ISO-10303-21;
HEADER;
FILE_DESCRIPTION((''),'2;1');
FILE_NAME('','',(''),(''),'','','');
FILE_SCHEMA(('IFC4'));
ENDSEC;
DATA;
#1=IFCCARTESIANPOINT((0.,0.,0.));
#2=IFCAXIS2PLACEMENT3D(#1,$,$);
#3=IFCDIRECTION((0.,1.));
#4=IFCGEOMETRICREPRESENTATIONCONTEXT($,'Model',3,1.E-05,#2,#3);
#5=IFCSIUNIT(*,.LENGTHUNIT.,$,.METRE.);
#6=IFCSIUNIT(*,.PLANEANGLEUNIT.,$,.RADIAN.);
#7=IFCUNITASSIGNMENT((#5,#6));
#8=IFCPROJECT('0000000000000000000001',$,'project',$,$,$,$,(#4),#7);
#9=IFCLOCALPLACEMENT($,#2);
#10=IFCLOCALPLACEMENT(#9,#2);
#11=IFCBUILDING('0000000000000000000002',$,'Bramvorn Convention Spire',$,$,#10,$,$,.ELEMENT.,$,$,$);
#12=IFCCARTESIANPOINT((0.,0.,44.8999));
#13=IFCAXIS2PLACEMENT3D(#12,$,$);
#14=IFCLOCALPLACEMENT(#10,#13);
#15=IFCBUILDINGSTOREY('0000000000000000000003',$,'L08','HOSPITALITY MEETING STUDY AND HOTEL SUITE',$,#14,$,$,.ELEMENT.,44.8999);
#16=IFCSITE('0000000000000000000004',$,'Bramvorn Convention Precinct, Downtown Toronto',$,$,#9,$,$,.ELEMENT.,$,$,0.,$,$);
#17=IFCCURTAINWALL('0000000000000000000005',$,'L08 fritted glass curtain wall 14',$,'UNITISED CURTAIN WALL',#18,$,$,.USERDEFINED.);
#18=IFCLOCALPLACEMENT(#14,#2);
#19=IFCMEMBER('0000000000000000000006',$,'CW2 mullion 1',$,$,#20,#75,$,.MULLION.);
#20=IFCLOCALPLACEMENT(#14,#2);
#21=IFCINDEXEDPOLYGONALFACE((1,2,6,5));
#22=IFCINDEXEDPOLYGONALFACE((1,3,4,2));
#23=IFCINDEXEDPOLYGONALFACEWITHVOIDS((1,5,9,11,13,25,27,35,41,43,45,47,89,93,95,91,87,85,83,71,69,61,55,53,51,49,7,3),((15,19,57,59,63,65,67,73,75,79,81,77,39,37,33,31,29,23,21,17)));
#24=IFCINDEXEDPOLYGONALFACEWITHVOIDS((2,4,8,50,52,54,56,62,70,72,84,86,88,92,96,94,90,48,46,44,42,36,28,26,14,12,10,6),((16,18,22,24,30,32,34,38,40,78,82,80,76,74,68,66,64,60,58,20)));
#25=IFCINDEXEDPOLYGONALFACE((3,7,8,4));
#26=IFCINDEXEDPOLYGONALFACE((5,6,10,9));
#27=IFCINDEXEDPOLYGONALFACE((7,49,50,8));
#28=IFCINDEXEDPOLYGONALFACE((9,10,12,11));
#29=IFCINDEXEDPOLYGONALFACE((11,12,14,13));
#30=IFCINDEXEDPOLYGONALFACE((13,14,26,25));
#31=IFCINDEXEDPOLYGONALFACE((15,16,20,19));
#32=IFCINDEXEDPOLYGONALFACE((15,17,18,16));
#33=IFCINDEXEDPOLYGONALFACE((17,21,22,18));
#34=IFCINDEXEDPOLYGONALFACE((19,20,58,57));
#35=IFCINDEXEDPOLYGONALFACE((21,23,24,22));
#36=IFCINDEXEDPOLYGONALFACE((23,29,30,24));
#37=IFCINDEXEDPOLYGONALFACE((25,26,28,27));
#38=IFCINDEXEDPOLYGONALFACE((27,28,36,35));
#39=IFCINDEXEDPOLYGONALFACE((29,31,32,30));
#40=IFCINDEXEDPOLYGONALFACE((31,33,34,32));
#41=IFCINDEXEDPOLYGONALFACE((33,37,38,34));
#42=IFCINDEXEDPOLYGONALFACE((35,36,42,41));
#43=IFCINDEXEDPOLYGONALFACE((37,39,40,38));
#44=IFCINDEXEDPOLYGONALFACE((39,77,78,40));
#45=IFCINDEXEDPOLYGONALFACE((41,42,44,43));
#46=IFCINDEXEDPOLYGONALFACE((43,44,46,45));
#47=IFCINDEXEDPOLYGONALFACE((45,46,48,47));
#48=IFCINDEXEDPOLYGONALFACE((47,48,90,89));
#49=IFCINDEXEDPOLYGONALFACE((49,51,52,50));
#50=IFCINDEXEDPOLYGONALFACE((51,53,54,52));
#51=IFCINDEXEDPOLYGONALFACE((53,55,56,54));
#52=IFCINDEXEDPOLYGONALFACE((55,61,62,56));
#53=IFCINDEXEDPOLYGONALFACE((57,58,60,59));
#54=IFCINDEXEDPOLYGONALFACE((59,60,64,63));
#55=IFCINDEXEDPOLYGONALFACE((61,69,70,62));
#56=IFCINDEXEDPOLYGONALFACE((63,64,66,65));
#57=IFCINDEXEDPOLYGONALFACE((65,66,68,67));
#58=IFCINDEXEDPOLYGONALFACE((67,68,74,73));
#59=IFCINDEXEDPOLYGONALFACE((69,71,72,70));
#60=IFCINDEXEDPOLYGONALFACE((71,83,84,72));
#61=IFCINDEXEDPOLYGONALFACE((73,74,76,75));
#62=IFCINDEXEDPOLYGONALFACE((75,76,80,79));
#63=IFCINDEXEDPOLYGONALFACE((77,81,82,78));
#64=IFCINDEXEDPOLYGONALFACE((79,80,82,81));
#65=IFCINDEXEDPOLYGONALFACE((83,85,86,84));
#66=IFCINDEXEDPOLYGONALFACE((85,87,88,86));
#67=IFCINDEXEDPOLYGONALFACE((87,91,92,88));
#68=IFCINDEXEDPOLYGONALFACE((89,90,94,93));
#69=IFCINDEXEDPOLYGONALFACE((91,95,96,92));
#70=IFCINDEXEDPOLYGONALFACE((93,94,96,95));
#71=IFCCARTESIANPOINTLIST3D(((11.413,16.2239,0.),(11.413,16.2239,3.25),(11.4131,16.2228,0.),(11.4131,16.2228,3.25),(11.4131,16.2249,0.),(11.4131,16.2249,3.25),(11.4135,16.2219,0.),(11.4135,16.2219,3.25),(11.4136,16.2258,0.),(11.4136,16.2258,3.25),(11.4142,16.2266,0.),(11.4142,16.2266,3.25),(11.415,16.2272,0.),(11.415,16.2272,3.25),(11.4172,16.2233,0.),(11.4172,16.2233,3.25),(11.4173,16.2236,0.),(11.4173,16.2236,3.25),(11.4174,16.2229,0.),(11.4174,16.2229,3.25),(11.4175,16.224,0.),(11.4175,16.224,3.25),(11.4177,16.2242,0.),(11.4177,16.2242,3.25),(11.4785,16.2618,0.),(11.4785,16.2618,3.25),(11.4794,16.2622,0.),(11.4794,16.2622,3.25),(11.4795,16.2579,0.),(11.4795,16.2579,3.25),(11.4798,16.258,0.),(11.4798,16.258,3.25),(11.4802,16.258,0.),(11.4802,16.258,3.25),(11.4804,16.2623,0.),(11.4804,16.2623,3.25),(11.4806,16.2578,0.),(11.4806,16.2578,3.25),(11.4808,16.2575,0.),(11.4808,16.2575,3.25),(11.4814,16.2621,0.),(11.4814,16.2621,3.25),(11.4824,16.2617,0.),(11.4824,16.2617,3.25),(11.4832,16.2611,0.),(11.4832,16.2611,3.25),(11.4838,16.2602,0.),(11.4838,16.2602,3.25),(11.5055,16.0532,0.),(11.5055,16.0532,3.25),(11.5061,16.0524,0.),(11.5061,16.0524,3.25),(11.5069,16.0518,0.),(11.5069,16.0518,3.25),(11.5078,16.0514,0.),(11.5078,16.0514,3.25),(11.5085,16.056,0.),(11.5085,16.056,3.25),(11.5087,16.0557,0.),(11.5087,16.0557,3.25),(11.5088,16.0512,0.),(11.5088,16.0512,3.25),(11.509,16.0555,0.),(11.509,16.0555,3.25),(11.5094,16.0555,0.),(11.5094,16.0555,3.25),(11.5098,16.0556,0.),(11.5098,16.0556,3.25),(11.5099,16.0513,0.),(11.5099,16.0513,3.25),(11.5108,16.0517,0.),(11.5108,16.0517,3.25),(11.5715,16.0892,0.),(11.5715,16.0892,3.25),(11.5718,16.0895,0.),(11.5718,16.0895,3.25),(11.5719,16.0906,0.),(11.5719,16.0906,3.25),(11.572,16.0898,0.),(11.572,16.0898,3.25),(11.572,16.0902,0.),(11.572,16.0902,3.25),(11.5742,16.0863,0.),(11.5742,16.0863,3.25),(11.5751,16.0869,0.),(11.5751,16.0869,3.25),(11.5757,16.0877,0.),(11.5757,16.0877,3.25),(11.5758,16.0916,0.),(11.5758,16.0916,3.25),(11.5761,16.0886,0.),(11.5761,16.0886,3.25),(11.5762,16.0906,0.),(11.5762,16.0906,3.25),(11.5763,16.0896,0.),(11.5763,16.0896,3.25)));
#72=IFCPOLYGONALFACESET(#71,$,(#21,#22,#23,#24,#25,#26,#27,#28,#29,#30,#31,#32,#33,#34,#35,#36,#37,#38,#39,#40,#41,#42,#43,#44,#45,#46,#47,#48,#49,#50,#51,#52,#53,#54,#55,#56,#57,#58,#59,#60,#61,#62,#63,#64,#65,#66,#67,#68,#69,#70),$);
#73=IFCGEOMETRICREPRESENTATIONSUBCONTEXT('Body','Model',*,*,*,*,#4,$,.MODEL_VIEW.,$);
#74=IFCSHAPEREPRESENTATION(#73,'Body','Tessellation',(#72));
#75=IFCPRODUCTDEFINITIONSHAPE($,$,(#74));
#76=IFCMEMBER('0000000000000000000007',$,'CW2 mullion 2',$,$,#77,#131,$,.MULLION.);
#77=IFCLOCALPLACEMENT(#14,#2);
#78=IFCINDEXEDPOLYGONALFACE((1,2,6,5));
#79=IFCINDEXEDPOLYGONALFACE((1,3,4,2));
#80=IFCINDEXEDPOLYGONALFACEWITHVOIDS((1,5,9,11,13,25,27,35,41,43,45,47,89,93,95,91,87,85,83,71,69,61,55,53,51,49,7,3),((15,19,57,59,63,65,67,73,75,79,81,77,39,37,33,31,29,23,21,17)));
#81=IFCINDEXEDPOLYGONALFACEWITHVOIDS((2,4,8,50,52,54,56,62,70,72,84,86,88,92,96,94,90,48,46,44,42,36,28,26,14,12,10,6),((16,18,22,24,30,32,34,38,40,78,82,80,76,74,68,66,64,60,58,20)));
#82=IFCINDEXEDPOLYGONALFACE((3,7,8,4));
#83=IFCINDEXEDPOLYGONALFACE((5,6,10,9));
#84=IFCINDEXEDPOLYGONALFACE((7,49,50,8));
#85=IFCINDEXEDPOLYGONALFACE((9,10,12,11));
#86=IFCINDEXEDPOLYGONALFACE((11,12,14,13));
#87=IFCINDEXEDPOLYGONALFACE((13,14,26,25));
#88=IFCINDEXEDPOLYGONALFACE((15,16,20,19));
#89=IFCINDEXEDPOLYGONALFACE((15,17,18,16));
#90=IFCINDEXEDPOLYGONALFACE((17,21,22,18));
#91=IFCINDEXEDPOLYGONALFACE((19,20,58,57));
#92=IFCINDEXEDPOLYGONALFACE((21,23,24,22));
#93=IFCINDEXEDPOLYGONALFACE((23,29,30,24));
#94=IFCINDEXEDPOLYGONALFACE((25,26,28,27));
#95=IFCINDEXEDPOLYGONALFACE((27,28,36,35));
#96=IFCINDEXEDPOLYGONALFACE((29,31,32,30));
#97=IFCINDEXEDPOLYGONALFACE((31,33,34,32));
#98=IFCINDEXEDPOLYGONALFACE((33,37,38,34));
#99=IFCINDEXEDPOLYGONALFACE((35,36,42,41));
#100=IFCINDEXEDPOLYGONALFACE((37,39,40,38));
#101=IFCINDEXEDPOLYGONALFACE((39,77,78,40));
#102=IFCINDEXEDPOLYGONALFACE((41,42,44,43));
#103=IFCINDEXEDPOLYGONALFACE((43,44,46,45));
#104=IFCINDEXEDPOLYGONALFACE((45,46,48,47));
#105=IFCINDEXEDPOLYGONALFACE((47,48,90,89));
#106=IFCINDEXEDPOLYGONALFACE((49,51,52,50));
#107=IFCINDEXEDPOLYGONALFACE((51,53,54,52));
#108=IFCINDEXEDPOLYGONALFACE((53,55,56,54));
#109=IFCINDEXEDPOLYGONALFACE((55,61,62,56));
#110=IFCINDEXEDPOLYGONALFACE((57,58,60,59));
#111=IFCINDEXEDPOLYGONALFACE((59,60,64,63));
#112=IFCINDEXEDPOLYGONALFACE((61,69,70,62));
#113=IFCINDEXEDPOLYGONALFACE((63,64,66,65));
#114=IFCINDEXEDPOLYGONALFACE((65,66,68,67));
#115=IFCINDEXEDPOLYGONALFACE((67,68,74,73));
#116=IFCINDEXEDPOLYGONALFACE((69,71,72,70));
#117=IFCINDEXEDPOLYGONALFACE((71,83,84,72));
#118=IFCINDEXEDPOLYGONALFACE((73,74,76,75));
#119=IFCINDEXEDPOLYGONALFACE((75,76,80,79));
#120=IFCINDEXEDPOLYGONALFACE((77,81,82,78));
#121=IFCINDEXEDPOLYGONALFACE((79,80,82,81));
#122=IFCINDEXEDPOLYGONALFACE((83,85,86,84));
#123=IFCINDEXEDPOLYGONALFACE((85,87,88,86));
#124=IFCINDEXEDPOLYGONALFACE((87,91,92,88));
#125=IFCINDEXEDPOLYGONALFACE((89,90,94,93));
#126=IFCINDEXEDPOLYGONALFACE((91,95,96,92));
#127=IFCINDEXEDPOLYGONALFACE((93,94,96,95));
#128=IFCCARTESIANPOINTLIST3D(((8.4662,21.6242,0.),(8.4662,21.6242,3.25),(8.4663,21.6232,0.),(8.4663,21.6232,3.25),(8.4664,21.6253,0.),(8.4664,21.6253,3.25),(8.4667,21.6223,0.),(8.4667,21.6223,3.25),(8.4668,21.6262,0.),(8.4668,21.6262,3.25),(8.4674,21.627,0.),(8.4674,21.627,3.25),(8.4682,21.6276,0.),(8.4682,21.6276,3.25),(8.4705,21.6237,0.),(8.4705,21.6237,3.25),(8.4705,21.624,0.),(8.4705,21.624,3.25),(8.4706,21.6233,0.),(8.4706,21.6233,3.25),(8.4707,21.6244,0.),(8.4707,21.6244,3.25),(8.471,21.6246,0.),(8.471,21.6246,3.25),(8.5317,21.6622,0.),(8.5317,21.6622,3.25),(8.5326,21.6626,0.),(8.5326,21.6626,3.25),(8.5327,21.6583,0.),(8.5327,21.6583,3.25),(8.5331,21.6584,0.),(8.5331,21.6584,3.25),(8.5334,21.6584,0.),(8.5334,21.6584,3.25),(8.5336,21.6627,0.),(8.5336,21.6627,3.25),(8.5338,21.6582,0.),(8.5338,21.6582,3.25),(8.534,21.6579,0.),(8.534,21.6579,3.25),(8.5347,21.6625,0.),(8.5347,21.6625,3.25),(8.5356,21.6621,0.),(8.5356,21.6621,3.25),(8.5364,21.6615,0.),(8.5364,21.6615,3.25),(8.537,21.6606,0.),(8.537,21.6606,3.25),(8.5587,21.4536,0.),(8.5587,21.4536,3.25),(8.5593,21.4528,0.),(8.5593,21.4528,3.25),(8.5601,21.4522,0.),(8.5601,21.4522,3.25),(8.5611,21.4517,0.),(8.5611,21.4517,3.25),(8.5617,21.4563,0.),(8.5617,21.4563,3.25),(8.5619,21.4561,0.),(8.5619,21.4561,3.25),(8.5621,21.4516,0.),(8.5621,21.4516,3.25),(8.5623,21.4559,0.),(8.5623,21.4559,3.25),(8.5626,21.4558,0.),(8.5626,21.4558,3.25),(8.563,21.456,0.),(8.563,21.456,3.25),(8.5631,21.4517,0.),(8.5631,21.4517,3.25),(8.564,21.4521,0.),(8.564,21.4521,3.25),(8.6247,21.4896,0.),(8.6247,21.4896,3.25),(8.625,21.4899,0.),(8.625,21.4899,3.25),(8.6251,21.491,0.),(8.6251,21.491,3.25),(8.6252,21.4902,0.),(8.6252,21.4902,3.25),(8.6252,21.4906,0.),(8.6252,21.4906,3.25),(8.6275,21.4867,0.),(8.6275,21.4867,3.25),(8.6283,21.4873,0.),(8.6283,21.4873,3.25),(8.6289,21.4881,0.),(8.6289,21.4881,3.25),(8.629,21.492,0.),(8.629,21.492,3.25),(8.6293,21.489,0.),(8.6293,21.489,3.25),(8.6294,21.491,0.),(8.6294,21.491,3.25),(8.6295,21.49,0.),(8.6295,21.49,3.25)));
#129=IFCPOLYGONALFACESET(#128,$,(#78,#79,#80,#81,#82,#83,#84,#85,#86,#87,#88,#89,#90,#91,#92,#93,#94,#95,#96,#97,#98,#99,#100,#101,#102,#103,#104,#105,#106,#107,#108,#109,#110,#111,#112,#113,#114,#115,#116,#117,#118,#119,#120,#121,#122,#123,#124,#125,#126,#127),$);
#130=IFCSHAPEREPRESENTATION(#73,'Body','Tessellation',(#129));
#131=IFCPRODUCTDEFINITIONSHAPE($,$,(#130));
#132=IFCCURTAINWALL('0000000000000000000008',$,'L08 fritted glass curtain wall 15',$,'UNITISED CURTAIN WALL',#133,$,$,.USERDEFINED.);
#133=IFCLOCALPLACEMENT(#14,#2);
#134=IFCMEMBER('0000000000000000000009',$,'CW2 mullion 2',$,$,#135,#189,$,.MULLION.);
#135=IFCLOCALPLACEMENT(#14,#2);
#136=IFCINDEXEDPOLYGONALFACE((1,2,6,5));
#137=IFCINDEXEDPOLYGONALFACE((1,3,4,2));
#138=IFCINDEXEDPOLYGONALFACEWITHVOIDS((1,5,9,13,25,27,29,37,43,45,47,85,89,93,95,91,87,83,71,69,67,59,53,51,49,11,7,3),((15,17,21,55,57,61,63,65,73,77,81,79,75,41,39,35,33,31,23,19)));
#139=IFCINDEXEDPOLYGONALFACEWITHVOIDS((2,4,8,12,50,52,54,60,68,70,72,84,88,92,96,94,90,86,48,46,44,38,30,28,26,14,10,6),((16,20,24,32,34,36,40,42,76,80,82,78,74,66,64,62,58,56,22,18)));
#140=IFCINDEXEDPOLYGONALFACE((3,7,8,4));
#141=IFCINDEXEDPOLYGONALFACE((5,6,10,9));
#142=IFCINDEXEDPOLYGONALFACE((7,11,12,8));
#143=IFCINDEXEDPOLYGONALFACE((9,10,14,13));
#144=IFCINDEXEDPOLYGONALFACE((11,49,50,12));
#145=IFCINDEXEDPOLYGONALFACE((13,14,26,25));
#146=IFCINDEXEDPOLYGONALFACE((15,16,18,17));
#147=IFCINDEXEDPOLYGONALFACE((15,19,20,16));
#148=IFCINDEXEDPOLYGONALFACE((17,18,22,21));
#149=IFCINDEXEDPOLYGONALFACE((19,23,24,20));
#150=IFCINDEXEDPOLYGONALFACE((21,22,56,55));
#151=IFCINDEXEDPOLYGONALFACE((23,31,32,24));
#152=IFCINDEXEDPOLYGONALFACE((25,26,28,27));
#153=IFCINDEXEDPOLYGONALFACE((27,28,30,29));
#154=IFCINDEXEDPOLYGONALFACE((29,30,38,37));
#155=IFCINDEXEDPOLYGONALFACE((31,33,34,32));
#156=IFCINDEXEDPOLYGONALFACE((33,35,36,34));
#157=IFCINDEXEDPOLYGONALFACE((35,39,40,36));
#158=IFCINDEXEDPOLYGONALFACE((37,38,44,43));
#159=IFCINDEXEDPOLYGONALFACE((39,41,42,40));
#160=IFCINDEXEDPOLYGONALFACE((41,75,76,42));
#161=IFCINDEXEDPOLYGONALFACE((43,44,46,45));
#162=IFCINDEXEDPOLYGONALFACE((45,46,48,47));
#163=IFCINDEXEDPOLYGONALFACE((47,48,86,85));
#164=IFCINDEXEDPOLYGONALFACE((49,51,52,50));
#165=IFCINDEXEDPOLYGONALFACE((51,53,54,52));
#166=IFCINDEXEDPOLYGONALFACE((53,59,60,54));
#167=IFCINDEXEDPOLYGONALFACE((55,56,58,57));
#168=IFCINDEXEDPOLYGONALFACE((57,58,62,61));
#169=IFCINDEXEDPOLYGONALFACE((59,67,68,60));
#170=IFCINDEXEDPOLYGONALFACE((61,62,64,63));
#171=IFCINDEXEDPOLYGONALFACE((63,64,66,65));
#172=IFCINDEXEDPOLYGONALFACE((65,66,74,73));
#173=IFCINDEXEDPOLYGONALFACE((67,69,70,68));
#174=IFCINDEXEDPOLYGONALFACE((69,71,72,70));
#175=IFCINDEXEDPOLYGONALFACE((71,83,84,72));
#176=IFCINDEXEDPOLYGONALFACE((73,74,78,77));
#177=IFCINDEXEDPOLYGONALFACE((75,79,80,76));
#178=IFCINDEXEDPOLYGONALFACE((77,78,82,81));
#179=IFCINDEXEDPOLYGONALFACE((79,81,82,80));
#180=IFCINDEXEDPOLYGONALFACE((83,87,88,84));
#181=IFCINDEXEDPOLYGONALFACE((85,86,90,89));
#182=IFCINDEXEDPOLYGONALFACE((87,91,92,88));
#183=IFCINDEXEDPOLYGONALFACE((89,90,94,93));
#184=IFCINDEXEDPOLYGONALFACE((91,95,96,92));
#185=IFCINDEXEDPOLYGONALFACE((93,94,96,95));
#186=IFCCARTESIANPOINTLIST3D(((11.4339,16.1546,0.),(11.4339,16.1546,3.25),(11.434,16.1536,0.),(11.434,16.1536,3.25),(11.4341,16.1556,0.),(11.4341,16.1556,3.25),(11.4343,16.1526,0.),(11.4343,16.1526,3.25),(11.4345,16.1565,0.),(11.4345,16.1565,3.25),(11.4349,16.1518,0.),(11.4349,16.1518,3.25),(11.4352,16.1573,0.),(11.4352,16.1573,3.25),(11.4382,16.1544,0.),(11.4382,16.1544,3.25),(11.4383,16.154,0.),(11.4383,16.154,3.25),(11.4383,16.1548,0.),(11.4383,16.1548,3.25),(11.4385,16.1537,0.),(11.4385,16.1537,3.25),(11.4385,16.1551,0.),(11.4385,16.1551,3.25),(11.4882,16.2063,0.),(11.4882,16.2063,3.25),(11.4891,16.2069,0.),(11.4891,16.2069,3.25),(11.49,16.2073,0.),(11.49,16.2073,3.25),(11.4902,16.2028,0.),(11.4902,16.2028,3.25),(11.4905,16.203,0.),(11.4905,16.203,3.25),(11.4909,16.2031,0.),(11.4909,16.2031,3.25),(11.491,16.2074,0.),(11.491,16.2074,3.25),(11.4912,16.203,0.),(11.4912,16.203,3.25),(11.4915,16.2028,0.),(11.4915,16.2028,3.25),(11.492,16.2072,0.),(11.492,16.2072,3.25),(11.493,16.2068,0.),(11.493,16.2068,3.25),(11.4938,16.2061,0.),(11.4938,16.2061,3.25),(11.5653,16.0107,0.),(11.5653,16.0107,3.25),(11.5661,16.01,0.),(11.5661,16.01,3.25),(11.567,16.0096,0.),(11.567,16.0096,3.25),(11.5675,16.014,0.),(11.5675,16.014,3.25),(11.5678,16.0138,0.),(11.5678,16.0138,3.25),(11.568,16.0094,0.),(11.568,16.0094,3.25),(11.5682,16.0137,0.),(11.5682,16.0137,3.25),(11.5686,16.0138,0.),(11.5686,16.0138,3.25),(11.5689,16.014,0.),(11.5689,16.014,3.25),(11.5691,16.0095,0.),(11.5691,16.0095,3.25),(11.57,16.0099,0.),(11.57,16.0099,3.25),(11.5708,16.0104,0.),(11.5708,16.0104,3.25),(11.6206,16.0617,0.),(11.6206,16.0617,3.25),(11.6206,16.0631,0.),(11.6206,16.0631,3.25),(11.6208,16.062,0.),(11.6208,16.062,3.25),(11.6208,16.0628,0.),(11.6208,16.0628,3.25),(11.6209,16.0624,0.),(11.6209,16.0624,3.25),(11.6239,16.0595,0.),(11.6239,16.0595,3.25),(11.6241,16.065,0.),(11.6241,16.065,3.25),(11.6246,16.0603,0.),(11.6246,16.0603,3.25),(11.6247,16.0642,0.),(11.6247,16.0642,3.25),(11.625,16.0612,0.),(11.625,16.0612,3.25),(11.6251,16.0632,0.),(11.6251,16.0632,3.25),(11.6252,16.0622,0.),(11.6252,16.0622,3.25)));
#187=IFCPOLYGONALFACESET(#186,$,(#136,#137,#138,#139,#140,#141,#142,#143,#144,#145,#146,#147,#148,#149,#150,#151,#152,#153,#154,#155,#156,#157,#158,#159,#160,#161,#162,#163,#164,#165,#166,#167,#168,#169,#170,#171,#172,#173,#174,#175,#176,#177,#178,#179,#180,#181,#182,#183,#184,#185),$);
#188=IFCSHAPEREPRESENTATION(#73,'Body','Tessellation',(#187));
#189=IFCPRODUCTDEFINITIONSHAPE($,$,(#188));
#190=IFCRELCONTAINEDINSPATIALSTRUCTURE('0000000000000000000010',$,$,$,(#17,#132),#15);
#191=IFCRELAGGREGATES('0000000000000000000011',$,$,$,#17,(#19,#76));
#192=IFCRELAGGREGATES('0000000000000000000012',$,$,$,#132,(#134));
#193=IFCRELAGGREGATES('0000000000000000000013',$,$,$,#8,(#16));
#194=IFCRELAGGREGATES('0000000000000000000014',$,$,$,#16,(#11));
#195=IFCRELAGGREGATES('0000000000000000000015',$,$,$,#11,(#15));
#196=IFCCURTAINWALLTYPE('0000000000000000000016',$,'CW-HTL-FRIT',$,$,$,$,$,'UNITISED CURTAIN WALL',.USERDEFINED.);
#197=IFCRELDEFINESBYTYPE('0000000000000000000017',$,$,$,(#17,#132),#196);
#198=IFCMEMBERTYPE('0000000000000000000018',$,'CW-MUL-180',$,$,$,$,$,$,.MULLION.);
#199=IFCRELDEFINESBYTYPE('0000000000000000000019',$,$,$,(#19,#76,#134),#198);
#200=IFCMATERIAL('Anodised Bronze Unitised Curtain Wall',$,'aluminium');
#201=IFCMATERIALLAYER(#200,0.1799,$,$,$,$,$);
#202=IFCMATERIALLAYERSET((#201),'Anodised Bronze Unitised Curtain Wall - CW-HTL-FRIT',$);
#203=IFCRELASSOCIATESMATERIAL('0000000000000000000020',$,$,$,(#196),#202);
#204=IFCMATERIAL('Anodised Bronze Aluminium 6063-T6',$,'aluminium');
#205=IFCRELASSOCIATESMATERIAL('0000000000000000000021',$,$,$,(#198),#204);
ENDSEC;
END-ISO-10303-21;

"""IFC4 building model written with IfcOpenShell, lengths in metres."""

from ifc_helpers import new_model, si_unit, direction, frame, origin, origin_2d, place, context, subcontext, project, spatial, hollow_rectangle, extrude, material, layer, layer_set, material_profile, profile_set, type_object, element, aggregate, save


model = new_model("IFC4")

# Units and contexts
model_context = context("Model", 3, precision=1e-05, world=origin(), true_north=direction((0.0, 1.0)))
body_context = subcontext(model_context, "Body", "Model", "MODEL_VIEW")
ifc_project = project(units=[si_unit("LENGTHUNIT", "METRE"), si_unit("PLANEANGLEUNIT", "RADIAN")], contexts=[model_context])

# Site, building, storey
site_placement = place(None, origin())
site = spatial("IfcSite", under=ifc_project, at=site_placement, Name="Bramvorn Convention Precinct, Downtown Toronto", CompositionType="ELEMENT", RefElevation=0.0)
building_placement = place(site_placement, origin())
building = spatial("IfcBuilding", under=site, at=building_placement, Name="Bramvorn Convention Spire", CompositionType="ELEMENT")
storey_placement = place(building_placement, frame((0.0, 0.0, 44.8999)))
storey = spatial("IfcBuildingStorey", under=building, at=storey_placement, Name="L08", Description="HOSPITALITY MEETING STUDY AND HOTEL SUITE", CompositionType="ELEMENT", Elevation=44.8999)

# Curtain wall, members
ifc_material_1 = material(Name="Anodised Bronze Unitised Curtain Wall", Category="aluminium")
ifc_layer_1 = layer(ifc_material_1, 0.1799)
ifc_layer_set_1 = layer_set([ifc_layer_1], Name="Anodised Bronze Unitised Curtain Wall - CW-HTL-FRIT")
curtain_wall_type = type_object("IfcCurtainWallType", Name="CW-HTL-FRIT", ElementType="UNITISED CURTAIN WALL", PredefinedType="USERDEFINED", material=ifc_layer_set_1)
curtain_wall_1_placement = place(storey_placement, origin())
curtain_wall_1 = element("IfcCurtainWall", 1, at=curtain_wall_1_placement, inside=storey, type_object=curtain_wall_type, Name="L08 fritted glass curtain wall 14", ObjectType="UNITISED CURTAIN WALL", PredefinedType="USERDEFINED")
ifc_material_2 = material(Name="Anodised Bronze Aluminium 6063-T6", Category="aluminium")
ifc_material_profile_1 = material_profile(ifc_material_2, hollow_rectangle(XDim=0.0801, YDim=0.2, WallThickness=0.0039, InnerFilletRadius=0.001, OuterFilletRadius=0.0039, at=origin_2d()))
ifc_profile_set_1 = profile_set([ifc_material_profile_1], Name="Anodised Bronze Aluminium 6063-T6 - CWM80X200")
member_type_1 = type_object("IfcMemberType", Name="CW-MUL-180", PredefinedType="MULLION", material=ifc_profile_set_1)
member_1_placement = place(storey_placement, frame((11.4946, 16.1567, 0.0), z_axis=(0.0, 0.0, 1.0), x_axis=(-0.877805, -0.479018, 0.0)))
member_1 = element("IfcMember", 2, at=member_1_placement, type_object=member_type_1, Name="CW2 mullion 1", PredefinedType="MULLION", context=body_context, shape_type="SweptSolid", body=[
    extrude(hollow_rectangle(XDim=0.0801, YDim=0.2, WallThickness=0.0039, InnerFilletRadius=0.001, OuterFilletRadius=0.0039, at=origin_2d()), origin(), (0.0, 0.0, 1.0), 3.25),
])
member_2_placement = place(storey_placement, frame((8.5479, 21.5571, 0.0), z_axis=(0.0, 0.0, 1.0), x_axis=(-0.877805, -0.479018, 0.0)))
member_2 = element("IfcMember", 3, at=member_2_placement, type_object=member_type_1, Name="CW2 mullion 2", PredefinedType="MULLION", context=body_context, shape_type="SweptSolid", body=[
    extrude(hollow_rectangle(XDim=0.0801, YDim=0.2, WallThickness=0.0039, InnerFilletRadius=0.001, OuterFilletRadius=0.0039, at=origin_2d()), origin(), (0.0, 0.0, 1.0), 3.25),
])

# Curtain wall, member
curtain_wall_2_placement = place(storey_placement, origin())
curtain_wall_2 = element("IfcCurtainWall", 4, at=curtain_wall_2_placement, inside=storey, type_object=curtain_wall_type, Name="L08 fritted glass curtain wall 15", ObjectType="UNITISED CURTAIN WALL", PredefinedType="USERDEFINED")
member_3_placement = place(storey_placement, frame((11.5295, 16.1084, 0.0), z_axis=(0.0, 0.0, 1.0), x_axis=(-0.734478, -0.678632, 0.0)))
member_3 = element("IfcMember", 5, at=member_3_placement, type_object=member_type_1, Name="CW2 mullion 2", PredefinedType="MULLION", context=body_context, shape_type="SweptSolid", body=[
    extrude(hollow_rectangle(XDim=0.0801, YDim=0.2, WallThickness=0.0039, InnerFilletRadius=0.001, OuterFilletRadius=0.0039, at=origin_2d()), origin(), (0.0, 0.0, 1.0), 3.25),
])

aggregate(curtain_wall_1, [member_1, member_2])
aggregate(curtain_wall_2, [member_3])

save(model, "model.ifc")
